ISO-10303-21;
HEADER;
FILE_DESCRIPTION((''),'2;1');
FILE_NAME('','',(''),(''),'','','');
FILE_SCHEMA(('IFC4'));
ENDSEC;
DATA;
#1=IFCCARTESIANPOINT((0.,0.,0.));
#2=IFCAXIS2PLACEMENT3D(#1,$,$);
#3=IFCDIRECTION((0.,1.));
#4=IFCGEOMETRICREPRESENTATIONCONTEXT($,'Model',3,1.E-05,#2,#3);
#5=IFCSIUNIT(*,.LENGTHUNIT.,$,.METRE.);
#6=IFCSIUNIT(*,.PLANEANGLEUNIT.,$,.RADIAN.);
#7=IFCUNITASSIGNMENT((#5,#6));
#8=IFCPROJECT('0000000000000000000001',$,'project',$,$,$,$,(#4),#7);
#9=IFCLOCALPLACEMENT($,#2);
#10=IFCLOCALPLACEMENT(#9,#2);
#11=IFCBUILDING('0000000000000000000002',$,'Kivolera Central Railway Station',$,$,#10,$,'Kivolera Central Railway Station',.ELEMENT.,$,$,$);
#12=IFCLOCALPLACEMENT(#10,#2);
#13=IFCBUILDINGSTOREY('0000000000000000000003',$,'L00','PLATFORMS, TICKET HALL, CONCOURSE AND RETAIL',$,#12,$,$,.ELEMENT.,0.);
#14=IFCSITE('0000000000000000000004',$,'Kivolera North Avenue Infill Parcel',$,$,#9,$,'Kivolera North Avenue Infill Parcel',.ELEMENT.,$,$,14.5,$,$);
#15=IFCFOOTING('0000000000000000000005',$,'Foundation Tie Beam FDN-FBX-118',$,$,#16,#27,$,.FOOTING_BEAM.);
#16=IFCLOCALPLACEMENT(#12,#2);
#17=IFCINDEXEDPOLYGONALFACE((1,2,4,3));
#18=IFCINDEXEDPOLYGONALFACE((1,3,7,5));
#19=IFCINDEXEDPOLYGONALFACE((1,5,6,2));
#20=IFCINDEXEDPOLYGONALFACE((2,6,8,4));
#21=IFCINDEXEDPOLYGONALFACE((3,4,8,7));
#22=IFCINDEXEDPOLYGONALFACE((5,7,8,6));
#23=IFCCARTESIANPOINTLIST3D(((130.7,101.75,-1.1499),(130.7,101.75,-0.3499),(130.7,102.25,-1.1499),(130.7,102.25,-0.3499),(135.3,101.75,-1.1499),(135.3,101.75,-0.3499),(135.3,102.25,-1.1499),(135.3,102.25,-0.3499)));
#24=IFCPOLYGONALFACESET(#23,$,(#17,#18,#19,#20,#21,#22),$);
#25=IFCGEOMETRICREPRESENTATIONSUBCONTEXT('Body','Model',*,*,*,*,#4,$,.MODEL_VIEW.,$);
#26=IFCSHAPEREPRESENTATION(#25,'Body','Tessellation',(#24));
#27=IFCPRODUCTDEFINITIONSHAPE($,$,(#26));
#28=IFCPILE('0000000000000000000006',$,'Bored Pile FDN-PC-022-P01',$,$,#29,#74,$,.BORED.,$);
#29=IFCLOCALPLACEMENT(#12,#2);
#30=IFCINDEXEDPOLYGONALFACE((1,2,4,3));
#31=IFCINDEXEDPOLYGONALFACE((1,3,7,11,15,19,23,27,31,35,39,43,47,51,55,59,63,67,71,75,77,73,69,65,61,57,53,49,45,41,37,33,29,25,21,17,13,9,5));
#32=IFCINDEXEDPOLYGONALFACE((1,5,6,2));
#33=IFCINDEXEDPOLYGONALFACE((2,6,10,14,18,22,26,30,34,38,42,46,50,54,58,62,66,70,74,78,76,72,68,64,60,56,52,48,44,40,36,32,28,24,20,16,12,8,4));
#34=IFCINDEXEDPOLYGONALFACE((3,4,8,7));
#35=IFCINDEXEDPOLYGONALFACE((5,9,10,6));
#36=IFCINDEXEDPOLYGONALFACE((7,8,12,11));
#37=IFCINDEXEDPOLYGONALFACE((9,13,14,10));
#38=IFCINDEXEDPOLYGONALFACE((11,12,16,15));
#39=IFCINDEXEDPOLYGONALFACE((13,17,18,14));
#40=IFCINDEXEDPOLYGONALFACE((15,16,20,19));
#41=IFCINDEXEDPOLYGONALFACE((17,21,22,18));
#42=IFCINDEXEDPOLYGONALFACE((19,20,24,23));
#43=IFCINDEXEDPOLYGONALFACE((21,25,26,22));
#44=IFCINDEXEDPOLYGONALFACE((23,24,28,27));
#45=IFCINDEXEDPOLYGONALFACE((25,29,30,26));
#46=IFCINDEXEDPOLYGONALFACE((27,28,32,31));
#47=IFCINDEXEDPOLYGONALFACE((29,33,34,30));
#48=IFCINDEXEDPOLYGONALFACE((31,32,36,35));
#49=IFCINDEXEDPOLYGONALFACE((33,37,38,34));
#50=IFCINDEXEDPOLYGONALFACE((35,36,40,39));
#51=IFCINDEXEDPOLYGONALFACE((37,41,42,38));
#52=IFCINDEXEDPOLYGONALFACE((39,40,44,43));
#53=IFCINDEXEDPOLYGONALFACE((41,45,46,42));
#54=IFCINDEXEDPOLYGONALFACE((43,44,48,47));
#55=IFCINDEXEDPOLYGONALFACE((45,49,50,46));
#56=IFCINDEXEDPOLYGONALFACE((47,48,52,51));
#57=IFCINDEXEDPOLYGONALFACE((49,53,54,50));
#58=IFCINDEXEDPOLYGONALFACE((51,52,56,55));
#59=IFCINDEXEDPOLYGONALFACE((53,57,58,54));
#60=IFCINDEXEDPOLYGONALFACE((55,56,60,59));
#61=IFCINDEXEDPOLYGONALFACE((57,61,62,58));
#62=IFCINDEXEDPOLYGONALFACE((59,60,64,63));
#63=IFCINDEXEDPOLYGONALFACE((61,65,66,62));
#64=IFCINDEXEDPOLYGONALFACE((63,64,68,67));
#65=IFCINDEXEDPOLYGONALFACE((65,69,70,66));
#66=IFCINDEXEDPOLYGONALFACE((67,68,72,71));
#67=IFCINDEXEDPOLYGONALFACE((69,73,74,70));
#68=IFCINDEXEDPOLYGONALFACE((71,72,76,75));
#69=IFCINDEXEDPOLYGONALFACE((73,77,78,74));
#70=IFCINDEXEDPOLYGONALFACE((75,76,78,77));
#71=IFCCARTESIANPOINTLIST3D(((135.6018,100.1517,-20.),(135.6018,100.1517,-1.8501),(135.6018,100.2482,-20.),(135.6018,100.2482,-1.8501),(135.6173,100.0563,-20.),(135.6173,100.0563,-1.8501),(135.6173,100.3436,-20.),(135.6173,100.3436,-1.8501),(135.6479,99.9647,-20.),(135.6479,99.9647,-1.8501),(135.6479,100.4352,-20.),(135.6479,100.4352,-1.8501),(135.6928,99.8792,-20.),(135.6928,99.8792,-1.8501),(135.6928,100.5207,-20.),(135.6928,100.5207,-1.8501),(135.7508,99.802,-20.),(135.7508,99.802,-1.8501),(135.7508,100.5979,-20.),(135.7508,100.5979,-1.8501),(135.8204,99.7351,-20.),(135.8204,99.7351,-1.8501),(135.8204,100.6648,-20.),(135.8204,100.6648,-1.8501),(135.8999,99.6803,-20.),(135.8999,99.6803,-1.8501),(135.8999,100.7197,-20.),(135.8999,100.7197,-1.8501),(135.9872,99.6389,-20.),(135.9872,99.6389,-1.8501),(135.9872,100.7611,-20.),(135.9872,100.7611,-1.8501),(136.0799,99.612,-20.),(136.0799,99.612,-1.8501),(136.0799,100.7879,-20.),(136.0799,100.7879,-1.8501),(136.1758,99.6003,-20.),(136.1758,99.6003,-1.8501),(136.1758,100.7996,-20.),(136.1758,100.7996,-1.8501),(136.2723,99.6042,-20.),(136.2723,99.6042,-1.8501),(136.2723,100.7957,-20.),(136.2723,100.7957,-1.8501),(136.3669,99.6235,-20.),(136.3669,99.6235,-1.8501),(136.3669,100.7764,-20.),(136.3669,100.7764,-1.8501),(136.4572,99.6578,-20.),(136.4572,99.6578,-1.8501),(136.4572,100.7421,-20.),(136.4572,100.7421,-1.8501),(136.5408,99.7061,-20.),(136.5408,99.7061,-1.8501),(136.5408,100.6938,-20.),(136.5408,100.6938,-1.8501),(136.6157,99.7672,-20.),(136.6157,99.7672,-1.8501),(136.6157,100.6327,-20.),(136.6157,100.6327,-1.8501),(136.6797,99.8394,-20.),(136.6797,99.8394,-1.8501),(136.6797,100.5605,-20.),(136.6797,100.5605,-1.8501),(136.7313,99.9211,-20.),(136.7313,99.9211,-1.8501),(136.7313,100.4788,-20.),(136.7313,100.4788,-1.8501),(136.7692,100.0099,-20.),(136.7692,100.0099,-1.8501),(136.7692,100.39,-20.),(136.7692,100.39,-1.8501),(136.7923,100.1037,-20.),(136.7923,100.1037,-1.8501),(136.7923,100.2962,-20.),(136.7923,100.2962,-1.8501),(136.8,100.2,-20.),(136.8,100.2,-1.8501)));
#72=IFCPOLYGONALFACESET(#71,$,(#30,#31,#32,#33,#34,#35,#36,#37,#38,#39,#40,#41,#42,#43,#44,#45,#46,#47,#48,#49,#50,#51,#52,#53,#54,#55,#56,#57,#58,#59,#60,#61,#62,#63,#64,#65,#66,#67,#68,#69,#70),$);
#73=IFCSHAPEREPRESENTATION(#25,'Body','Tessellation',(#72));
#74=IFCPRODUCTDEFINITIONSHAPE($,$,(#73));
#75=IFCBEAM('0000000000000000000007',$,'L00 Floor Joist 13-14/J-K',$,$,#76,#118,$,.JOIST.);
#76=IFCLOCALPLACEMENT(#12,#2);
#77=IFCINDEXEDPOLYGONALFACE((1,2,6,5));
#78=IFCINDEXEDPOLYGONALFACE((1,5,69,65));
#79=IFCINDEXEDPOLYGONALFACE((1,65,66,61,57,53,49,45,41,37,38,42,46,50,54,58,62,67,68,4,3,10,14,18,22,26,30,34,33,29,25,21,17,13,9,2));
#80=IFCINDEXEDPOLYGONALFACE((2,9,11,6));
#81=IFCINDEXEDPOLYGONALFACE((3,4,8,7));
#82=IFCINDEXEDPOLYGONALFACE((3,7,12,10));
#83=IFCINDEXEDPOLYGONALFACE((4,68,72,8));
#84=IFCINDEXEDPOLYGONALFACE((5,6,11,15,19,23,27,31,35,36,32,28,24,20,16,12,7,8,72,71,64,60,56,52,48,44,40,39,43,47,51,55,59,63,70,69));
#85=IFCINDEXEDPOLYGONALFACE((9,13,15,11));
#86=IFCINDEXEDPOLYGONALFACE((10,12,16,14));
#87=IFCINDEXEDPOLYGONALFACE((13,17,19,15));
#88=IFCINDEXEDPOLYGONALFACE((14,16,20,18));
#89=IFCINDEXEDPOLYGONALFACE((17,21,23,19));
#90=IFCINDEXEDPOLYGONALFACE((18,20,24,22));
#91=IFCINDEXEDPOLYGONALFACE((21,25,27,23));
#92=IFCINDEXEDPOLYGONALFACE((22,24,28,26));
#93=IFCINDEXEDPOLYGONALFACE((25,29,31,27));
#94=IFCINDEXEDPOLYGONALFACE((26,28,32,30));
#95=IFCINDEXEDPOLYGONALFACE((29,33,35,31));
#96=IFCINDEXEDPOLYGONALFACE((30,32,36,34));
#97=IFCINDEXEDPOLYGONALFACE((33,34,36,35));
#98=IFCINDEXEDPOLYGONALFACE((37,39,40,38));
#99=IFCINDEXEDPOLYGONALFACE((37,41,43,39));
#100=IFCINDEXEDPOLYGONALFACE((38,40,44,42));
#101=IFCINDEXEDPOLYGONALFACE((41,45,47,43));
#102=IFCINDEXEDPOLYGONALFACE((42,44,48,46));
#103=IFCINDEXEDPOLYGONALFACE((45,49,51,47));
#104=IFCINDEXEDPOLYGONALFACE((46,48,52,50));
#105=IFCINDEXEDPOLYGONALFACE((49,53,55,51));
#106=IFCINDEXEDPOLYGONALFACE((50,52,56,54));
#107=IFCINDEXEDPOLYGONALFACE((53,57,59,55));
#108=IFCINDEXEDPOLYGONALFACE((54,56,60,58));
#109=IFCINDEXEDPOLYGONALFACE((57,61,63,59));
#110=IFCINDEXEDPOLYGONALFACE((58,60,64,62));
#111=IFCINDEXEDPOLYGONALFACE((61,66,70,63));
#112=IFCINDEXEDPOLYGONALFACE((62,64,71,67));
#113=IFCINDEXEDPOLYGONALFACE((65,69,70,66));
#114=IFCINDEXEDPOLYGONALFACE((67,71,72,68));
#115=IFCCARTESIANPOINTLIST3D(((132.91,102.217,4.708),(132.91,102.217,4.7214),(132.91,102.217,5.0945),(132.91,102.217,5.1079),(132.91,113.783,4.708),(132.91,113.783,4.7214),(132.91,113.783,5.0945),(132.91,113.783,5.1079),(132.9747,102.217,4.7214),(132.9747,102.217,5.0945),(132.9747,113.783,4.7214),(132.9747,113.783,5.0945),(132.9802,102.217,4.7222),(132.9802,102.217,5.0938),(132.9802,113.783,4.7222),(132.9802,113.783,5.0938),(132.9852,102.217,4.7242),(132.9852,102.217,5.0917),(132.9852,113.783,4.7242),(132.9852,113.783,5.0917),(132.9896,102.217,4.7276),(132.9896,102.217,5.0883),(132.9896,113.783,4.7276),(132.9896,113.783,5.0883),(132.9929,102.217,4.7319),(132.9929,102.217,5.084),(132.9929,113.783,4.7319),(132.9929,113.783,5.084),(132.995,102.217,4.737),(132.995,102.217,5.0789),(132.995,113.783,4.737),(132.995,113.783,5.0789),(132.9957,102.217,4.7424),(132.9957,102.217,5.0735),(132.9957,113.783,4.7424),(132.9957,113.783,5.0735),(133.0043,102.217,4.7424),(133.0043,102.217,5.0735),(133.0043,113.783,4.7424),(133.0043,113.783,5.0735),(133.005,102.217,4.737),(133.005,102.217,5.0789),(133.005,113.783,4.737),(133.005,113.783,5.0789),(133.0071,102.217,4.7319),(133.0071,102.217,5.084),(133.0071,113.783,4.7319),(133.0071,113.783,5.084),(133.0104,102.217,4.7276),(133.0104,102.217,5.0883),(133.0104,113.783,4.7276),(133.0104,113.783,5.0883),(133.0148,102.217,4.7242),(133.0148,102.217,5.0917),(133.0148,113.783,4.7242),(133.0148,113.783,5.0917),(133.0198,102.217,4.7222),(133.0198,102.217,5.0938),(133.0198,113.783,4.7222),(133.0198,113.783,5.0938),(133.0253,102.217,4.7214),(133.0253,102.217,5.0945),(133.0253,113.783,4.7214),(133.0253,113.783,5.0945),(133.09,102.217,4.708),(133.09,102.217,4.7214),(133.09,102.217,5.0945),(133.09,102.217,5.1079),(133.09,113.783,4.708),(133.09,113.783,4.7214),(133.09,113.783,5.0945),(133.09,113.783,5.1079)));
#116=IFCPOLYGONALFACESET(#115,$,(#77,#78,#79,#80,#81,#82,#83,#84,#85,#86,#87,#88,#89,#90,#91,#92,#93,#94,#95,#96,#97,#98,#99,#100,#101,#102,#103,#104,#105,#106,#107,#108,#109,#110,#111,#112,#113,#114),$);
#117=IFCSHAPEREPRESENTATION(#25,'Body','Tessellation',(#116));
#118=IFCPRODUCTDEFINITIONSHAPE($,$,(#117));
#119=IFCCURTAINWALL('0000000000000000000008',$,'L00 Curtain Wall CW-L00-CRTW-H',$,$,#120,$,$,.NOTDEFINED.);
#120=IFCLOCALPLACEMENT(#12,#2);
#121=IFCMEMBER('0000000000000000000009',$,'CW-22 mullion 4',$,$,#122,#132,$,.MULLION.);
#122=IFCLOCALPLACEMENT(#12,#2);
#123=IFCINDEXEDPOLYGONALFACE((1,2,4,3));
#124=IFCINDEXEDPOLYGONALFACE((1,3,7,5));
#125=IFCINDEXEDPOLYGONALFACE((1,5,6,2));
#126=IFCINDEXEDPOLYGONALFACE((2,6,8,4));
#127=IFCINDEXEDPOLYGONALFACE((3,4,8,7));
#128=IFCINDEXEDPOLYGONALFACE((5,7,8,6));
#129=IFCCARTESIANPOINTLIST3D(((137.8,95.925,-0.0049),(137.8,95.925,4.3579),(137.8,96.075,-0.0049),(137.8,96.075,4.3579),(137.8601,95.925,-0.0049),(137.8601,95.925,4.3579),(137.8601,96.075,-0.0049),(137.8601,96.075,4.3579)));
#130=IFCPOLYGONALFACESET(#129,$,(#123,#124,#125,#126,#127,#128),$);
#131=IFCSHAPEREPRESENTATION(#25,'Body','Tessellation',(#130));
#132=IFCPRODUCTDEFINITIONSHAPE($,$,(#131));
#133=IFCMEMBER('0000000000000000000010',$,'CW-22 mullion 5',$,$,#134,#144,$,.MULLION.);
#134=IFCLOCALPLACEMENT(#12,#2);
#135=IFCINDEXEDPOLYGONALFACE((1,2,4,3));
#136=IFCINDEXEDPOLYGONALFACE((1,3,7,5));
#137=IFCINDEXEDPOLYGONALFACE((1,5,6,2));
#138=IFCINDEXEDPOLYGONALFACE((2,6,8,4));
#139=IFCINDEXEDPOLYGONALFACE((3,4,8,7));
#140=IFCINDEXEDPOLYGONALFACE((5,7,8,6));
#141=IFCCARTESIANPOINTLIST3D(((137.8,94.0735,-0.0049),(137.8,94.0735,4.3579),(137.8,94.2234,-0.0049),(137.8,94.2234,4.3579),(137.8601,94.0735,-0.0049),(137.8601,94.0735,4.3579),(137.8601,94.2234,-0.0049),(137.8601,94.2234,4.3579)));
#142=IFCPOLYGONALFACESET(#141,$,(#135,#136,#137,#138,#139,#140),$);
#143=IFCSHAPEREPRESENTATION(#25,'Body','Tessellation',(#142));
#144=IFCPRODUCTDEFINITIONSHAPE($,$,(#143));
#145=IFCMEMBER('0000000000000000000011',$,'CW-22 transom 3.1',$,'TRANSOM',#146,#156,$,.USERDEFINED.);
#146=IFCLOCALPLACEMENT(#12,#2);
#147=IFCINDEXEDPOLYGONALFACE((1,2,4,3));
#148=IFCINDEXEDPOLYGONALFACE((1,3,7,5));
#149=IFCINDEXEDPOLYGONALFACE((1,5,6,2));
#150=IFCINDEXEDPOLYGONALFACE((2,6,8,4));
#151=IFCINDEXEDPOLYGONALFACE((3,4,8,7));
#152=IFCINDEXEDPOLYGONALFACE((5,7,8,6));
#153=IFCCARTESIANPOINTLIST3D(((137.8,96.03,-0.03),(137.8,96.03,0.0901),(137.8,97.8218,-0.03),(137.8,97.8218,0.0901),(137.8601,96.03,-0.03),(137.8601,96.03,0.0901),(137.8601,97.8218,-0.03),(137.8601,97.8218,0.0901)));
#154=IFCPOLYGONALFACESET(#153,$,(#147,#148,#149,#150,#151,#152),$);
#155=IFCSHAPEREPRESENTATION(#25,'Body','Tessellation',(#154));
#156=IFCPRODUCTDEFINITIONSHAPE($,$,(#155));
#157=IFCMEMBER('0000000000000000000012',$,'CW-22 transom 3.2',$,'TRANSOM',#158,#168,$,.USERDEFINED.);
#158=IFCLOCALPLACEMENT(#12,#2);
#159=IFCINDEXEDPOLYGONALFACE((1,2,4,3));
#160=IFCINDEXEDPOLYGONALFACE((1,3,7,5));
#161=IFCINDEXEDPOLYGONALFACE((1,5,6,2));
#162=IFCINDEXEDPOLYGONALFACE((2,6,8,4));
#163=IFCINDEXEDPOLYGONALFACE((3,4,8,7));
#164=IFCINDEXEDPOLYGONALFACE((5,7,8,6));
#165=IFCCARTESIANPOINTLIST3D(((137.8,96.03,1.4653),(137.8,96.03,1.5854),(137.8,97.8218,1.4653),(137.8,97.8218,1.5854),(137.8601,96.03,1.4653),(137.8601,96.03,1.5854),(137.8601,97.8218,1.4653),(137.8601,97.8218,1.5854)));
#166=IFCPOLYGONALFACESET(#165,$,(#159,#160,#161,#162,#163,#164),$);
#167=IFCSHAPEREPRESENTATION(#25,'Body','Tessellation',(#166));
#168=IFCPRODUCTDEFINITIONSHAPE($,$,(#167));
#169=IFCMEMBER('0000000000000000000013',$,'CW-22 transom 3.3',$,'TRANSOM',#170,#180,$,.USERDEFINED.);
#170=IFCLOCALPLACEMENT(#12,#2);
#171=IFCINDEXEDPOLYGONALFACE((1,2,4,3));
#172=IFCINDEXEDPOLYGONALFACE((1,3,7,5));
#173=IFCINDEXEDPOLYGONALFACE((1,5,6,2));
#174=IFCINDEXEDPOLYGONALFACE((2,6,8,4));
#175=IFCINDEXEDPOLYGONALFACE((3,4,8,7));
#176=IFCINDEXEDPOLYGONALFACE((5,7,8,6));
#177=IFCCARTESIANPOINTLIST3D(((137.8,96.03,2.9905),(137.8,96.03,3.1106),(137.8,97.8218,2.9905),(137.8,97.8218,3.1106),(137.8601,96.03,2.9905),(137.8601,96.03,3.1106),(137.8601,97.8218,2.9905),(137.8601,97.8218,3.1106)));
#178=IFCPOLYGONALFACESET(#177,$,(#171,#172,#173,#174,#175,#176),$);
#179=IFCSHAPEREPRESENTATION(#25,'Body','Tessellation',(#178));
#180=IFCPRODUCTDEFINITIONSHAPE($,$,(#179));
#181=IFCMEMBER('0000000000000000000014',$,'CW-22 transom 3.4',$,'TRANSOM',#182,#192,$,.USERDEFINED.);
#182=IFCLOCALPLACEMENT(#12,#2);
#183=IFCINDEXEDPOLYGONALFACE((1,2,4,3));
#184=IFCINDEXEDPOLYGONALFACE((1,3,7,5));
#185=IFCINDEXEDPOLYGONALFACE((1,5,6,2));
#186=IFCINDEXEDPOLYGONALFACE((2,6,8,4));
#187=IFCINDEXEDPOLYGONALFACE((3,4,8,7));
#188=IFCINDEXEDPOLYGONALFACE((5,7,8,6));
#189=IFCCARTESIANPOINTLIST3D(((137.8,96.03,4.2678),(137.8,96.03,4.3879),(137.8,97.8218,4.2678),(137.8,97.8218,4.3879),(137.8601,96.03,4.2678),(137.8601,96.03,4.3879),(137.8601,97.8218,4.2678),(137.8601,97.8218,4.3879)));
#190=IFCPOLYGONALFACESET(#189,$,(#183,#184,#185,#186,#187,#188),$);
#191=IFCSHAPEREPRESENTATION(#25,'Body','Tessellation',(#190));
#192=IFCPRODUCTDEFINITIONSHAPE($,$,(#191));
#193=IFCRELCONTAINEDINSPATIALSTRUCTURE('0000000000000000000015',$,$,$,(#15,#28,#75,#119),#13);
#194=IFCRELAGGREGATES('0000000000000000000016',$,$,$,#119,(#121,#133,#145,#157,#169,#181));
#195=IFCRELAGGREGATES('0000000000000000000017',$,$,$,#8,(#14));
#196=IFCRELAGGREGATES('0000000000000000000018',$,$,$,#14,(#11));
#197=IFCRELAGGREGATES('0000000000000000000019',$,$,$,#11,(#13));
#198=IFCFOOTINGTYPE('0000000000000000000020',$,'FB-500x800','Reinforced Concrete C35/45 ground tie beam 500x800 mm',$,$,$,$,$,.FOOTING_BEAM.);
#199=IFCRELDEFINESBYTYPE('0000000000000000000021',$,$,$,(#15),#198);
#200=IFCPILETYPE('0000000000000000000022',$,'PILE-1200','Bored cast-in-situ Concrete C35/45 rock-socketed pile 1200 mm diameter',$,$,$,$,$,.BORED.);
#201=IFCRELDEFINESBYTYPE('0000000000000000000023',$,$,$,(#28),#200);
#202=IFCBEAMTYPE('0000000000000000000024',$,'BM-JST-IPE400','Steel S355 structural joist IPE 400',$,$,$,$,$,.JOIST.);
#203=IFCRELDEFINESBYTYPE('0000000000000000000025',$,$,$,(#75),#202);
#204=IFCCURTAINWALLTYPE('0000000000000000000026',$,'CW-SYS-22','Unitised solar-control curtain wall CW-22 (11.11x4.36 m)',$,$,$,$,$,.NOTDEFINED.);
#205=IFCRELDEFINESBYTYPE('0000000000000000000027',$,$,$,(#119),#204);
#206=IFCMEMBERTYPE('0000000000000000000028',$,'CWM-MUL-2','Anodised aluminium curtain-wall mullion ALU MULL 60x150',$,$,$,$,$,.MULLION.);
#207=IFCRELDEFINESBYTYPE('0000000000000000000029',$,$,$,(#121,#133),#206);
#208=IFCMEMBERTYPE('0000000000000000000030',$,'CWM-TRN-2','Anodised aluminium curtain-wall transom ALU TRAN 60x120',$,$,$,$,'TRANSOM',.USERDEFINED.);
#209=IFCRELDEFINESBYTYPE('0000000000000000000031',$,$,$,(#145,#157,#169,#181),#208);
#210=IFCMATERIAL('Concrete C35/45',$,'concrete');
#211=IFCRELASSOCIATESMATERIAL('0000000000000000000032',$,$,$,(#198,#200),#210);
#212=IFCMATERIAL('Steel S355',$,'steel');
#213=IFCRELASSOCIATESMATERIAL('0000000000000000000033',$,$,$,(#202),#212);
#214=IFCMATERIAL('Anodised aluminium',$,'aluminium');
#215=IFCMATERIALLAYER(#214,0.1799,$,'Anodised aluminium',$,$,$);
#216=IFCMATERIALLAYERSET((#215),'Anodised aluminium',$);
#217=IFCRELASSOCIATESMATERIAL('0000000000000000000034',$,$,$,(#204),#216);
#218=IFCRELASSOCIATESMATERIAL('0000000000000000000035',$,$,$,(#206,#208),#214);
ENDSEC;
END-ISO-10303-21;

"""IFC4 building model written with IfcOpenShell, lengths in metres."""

from ifc_helpers import new_model, si_unit, direction, frame, origin, origin_2d, place, context, subcontext, project, spatial, rectangle, circle, i_section, extrude, material, layer, layer_set, material_profile, profile_set, type_object, element, aggregate, save


model = new_model("IFC4")

# Units and contexts
model_context = context("Model", 3, precision=1e-05, world=origin(), true_north=direction((0.0, 1.0)))
body_context = subcontext(model_context, "Body", "Model", "MODEL_VIEW")
ifc_project = project(units=[si_unit("LENGTHUNIT", "METRE"), si_unit("PLANEANGLEUNIT", "RADIAN")], contexts=[model_context])

# Site, building, storey
site_placement = place(None, origin())
site = spatial("IfcSite", under=ifc_project, at=site_placement, Name="Kivolera North Avenue Infill Parcel", LongName="Kivolera North Avenue Infill Parcel", CompositionType="ELEMENT", RefElevation=14.5)
building_placement = place(site_placement, origin())
building = spatial("IfcBuilding", under=site, at=building_placement, Name="Kivolera Central Railway Station", LongName="Kivolera Central Railway Station", CompositionType="ELEMENT")
storey_placement = place(building_placement, origin())
storey = spatial("IfcBuildingStorey", under=building, at=storey_placement, Name="L00", Description="PLATFORMS, TICKET HALL, CONCOURSE AND RETAIL", CompositionType="ELEMENT", Elevation=0.0)

# Footing
ifc_material_1 = material(Name="Concrete C35/45", Category="concrete")
footing_type = type_object("IfcFootingType", Name="FB-500x800", Description="Reinforced Concrete C35/45 ground tie beam 500x800 mm", PredefinedType="FOOTING_BEAM", material=ifc_material_1)
footing_placement = place(storey_placement, frame((133.0, 102.0, -1.1499), z_axis=(0.0, 0.0, 1.0), x_axis=(1.0, 0.0, 0.0)))
element("IfcFooting", 1, at=footing_placement, inside=storey, type_object=footing_type, Name="Foundation Tie Beam FDN-FBX-118", PredefinedType="FOOTING_BEAM", context=body_context, shape_type="SweptSolid", body=[
    extrude(rectangle(XDim=4.6001, YDim=0.5, at=origin_2d()), origin(), (0.0, 0.0, 1.0), 0.8),
])

# Pile
ifc_material_profile_1 = material_profile(ifc_material_1, circle(Radius=0.6001, at=origin_2d()), Name="PILE D1200")
ifc_profile_set_1 = profile_set([ifc_material_profile_1], Name="Concrete C35/45")
pile_type = type_object("IfcPileType", Name="PILE-1200", Description="Bored cast-in-situ Concrete C35/45 rock-socketed pile 1200 mm diameter", PredefinedType="BORED", material=ifc_profile_set_1)
pile_placement = place(storey_placement, frame((136.2, 100.2, -1.8501), z_axis=(0.0, 0.0, -1.0), x_axis=(1.0, 0.0, 0.0)))
element("IfcPile", 2, at=pile_placement, inside=storey, type_object=pile_type, Name="Bored Pile FDN-PC-022-P01", PredefinedType="BORED", context=body_context, shape_type="SweptSolid", body=[
    extrude(circle(Radius=0.6001, at=origin_2d()), origin(), (0.0, 0.0, 1.0), 18.1499),
])

# Beam
ifc_material_2 = material(Name="Steel S355", Category="steel")
ifc_material_profile_2 = material_profile(ifc_material_2, i_section(OverallWidth=0.1799, OverallDepth=0.3999, WebThickness=0.0085, FlangeThickness=0.0134, FilletRadius=0.021, at=origin_2d()), Name="IPE 400")
ifc_profile_set_2 = profile_set([ifc_material_profile_2], Name="Steel S355")
beam_type = type_object("IfcBeamType", Name="BM-JST-IPE400", Description="Steel S355 structural joist IPE 400", PredefinedType="JOIST", material=ifc_profile_set_2)
beam_placement = place(storey_placement, frame((133.0, 102.217, 4.908), z_axis=(0.0, 1.0, 0.0), x_axis=(-1.0, 0.0, 0.0)))
element("IfcBeam", 3, at=beam_placement, inside=storey, type_object=beam_type, Name="L00 Floor Joist 13-14/J-K", PredefinedType="JOIST", context=body_context, shape_type="SweptSolid", body=[
    extrude(i_section(OverallWidth=0.1799, OverallDepth=0.3999, WebThickness=0.0085, FlangeThickness=0.0134, FilletRadius=0.021, at=origin_2d()), origin(), (0.0, 0.0, 1.0), 11.5659),
])

# Curtain wall, members
ifc_material_3 = material(Name="Anodised aluminium", Category="aluminium")
ifc_layer_1 = layer(ifc_material_3, 0.1799, Name="Anodised aluminium")
ifc_layer_set_1 = layer_set([ifc_layer_1], Name="Anodised aluminium")
curtain_wall_type = type_object("IfcCurtainWallType", Name="CW-SYS-22", Description="Unitised solar-control curtain wall CW-22 (11.11x4.36 m)", PredefinedType="NOTDEFINED", material=ifc_layer_set_1)
curtain_wall_placement = place(storey_placement, origin())
curtain_wall = element("IfcCurtainWall", 4, at=curtain_wall_placement, inside=storey, type_object=curtain_wall_type, Name="L00 Curtain Wall CW-L00-CRTW-H", PredefinedType="NOTDEFINED")
ifc_material_profile_3 = material_profile(ifc_material_3, rectangle(XDim=0.0601, YDim=0.1499, at=origin_2d()), Name="ALU MULL 60x150")
ifc_profile_set_3 = profile_set([ifc_material_profile_3], Name="Anodised aluminium")
member_type_1 = type_object("IfcMemberType", Name="CWM-MUL-2", Description="Anodised aluminium curtain-wall mullion ALU MULL 60x150", PredefinedType="MULLION", material=ifc_profile_set_3)
member_1_placement = place(storey_placement, frame((137.8301, 96.0, -0.0049), z_axis=(0.0, 0.0, 1.0), x_axis=(1.0, 0.0, 0.0)))
member_1 = element("IfcMember", 5, at=member_1_placement, type_object=member_type_1, Name="CW-22 mullion 4", PredefinedType="MULLION", context=body_context, shape_type="SweptSolid", body=[
    extrude(rectangle(XDim=0.0601, YDim=0.1499, at=origin_2d()), origin(), (0.0, 0.0, 1.0), 4.3628),
])
member_2_placement = place(storey_placement, frame((137.8301, 94.1484, -0.0049), z_axis=(0.0, 0.0, 1.0), x_axis=(1.0, 0.0, 0.0)))
member_2 = element("IfcMember", 6, at=member_2_placement, type_object=member_type_1, Name="CW-22 mullion 5", PredefinedType="MULLION", context=body_context, shape_type="SweptSolid", body=[
    extrude(rectangle(XDim=0.0601, YDim=0.1499, at=origin_2d()), origin(), (0.0, 0.0, 1.0), 4.3628),
])
ifc_material_profile_4 = material_profile(ifc_material_3, rectangle(XDim=0.0601, YDim=0.1201, at=origin_2d()), Name="ALU TRAN 60x120")
ifc_profile_set_4 = profile_set([ifc_material_profile_4], Name="Anodised aluminium")
member_type_2 = type_object("IfcMemberType", Name="CWM-TRN-2", Description="Anodised aluminium curtain-wall transom ALU TRAN 60x120", ElementType="TRANSOM", PredefinedType="USERDEFINED", material=ifc_profile_set_4)
member_3_placement = place(storey_placement, frame((137.8301, 97.8218, 0.03), z_axis=(0.0, -1.0, 0.0), x_axis=(1.0, 0.0, 0.0)))
member_3 = element("IfcMember", 7, at=member_3_placement, type_object=member_type_2, Name="CW-22 transom 3.1", ObjectType="TRANSOM", PredefinedType="USERDEFINED", context=body_context, shape_type="SweptSolid", body=[
    extrude(rectangle(XDim=0.0601, YDim=0.1201, at=origin_2d()), origin(), (0.0, 0.0, 1.0), 1.7917),
])
member_4_placement = place(storey_placement, frame((137.8301, 97.8218, 1.5254), z_axis=(0.0, -1.0, 0.0), x_axis=(1.0, 0.0, 0.0)))
member_4 = element("IfcMember", 8, at=member_4_placement, type_object=member_type_2, Name="CW-22 transom 3.2", ObjectType="TRANSOM", PredefinedType="USERDEFINED", context=body_context, shape_type="SweptSolid", body=[
    extrude(rectangle(XDim=0.0601, YDim=0.1201, at=origin_2d()), origin(), (0.0, 0.0, 1.0), 1.7917),
])
member_5_placement = place(storey_placement, frame((137.8301, 97.8218, 3.0505), z_axis=(0.0, -1.0, 0.0), x_axis=(1.0, 0.0, 0.0)))
member_5 = element("IfcMember", 9, at=member_5_placement, type_object=member_type_2, Name="CW-22 transom 3.3", ObjectType="TRANSOM", PredefinedType="USERDEFINED", context=body_context, shape_type="SweptSolid", body=[
    extrude(rectangle(XDim=0.0601, YDim=0.1201, at=origin_2d()), origin(), (0.0, 0.0, 1.0), 1.7917),
])
member_6_placement = place(storey_placement, frame((137.8301, 97.8218, 4.3279), z_axis=(0.0, -1.0, 0.0), x_axis=(1.0, 0.0, 0.0)))
member_6 = element("IfcMember", 10, at=member_6_placement, type_object=member_type_2, Name="CW-22 transom 3.4", ObjectType="TRANSOM", PredefinedType="USERDEFINED", context=body_context, shape_type="SweptSolid", body=[
    extrude(rectangle(XDim=0.0601, YDim=0.1201, at=origin_2d()), origin(), (0.0, 0.0, 1.0), 1.7917),
])
aggregate(curtain_wall, [member_1, member_2, member_3, member_4, member_5, member_6])

save(model, "model.ifc")
